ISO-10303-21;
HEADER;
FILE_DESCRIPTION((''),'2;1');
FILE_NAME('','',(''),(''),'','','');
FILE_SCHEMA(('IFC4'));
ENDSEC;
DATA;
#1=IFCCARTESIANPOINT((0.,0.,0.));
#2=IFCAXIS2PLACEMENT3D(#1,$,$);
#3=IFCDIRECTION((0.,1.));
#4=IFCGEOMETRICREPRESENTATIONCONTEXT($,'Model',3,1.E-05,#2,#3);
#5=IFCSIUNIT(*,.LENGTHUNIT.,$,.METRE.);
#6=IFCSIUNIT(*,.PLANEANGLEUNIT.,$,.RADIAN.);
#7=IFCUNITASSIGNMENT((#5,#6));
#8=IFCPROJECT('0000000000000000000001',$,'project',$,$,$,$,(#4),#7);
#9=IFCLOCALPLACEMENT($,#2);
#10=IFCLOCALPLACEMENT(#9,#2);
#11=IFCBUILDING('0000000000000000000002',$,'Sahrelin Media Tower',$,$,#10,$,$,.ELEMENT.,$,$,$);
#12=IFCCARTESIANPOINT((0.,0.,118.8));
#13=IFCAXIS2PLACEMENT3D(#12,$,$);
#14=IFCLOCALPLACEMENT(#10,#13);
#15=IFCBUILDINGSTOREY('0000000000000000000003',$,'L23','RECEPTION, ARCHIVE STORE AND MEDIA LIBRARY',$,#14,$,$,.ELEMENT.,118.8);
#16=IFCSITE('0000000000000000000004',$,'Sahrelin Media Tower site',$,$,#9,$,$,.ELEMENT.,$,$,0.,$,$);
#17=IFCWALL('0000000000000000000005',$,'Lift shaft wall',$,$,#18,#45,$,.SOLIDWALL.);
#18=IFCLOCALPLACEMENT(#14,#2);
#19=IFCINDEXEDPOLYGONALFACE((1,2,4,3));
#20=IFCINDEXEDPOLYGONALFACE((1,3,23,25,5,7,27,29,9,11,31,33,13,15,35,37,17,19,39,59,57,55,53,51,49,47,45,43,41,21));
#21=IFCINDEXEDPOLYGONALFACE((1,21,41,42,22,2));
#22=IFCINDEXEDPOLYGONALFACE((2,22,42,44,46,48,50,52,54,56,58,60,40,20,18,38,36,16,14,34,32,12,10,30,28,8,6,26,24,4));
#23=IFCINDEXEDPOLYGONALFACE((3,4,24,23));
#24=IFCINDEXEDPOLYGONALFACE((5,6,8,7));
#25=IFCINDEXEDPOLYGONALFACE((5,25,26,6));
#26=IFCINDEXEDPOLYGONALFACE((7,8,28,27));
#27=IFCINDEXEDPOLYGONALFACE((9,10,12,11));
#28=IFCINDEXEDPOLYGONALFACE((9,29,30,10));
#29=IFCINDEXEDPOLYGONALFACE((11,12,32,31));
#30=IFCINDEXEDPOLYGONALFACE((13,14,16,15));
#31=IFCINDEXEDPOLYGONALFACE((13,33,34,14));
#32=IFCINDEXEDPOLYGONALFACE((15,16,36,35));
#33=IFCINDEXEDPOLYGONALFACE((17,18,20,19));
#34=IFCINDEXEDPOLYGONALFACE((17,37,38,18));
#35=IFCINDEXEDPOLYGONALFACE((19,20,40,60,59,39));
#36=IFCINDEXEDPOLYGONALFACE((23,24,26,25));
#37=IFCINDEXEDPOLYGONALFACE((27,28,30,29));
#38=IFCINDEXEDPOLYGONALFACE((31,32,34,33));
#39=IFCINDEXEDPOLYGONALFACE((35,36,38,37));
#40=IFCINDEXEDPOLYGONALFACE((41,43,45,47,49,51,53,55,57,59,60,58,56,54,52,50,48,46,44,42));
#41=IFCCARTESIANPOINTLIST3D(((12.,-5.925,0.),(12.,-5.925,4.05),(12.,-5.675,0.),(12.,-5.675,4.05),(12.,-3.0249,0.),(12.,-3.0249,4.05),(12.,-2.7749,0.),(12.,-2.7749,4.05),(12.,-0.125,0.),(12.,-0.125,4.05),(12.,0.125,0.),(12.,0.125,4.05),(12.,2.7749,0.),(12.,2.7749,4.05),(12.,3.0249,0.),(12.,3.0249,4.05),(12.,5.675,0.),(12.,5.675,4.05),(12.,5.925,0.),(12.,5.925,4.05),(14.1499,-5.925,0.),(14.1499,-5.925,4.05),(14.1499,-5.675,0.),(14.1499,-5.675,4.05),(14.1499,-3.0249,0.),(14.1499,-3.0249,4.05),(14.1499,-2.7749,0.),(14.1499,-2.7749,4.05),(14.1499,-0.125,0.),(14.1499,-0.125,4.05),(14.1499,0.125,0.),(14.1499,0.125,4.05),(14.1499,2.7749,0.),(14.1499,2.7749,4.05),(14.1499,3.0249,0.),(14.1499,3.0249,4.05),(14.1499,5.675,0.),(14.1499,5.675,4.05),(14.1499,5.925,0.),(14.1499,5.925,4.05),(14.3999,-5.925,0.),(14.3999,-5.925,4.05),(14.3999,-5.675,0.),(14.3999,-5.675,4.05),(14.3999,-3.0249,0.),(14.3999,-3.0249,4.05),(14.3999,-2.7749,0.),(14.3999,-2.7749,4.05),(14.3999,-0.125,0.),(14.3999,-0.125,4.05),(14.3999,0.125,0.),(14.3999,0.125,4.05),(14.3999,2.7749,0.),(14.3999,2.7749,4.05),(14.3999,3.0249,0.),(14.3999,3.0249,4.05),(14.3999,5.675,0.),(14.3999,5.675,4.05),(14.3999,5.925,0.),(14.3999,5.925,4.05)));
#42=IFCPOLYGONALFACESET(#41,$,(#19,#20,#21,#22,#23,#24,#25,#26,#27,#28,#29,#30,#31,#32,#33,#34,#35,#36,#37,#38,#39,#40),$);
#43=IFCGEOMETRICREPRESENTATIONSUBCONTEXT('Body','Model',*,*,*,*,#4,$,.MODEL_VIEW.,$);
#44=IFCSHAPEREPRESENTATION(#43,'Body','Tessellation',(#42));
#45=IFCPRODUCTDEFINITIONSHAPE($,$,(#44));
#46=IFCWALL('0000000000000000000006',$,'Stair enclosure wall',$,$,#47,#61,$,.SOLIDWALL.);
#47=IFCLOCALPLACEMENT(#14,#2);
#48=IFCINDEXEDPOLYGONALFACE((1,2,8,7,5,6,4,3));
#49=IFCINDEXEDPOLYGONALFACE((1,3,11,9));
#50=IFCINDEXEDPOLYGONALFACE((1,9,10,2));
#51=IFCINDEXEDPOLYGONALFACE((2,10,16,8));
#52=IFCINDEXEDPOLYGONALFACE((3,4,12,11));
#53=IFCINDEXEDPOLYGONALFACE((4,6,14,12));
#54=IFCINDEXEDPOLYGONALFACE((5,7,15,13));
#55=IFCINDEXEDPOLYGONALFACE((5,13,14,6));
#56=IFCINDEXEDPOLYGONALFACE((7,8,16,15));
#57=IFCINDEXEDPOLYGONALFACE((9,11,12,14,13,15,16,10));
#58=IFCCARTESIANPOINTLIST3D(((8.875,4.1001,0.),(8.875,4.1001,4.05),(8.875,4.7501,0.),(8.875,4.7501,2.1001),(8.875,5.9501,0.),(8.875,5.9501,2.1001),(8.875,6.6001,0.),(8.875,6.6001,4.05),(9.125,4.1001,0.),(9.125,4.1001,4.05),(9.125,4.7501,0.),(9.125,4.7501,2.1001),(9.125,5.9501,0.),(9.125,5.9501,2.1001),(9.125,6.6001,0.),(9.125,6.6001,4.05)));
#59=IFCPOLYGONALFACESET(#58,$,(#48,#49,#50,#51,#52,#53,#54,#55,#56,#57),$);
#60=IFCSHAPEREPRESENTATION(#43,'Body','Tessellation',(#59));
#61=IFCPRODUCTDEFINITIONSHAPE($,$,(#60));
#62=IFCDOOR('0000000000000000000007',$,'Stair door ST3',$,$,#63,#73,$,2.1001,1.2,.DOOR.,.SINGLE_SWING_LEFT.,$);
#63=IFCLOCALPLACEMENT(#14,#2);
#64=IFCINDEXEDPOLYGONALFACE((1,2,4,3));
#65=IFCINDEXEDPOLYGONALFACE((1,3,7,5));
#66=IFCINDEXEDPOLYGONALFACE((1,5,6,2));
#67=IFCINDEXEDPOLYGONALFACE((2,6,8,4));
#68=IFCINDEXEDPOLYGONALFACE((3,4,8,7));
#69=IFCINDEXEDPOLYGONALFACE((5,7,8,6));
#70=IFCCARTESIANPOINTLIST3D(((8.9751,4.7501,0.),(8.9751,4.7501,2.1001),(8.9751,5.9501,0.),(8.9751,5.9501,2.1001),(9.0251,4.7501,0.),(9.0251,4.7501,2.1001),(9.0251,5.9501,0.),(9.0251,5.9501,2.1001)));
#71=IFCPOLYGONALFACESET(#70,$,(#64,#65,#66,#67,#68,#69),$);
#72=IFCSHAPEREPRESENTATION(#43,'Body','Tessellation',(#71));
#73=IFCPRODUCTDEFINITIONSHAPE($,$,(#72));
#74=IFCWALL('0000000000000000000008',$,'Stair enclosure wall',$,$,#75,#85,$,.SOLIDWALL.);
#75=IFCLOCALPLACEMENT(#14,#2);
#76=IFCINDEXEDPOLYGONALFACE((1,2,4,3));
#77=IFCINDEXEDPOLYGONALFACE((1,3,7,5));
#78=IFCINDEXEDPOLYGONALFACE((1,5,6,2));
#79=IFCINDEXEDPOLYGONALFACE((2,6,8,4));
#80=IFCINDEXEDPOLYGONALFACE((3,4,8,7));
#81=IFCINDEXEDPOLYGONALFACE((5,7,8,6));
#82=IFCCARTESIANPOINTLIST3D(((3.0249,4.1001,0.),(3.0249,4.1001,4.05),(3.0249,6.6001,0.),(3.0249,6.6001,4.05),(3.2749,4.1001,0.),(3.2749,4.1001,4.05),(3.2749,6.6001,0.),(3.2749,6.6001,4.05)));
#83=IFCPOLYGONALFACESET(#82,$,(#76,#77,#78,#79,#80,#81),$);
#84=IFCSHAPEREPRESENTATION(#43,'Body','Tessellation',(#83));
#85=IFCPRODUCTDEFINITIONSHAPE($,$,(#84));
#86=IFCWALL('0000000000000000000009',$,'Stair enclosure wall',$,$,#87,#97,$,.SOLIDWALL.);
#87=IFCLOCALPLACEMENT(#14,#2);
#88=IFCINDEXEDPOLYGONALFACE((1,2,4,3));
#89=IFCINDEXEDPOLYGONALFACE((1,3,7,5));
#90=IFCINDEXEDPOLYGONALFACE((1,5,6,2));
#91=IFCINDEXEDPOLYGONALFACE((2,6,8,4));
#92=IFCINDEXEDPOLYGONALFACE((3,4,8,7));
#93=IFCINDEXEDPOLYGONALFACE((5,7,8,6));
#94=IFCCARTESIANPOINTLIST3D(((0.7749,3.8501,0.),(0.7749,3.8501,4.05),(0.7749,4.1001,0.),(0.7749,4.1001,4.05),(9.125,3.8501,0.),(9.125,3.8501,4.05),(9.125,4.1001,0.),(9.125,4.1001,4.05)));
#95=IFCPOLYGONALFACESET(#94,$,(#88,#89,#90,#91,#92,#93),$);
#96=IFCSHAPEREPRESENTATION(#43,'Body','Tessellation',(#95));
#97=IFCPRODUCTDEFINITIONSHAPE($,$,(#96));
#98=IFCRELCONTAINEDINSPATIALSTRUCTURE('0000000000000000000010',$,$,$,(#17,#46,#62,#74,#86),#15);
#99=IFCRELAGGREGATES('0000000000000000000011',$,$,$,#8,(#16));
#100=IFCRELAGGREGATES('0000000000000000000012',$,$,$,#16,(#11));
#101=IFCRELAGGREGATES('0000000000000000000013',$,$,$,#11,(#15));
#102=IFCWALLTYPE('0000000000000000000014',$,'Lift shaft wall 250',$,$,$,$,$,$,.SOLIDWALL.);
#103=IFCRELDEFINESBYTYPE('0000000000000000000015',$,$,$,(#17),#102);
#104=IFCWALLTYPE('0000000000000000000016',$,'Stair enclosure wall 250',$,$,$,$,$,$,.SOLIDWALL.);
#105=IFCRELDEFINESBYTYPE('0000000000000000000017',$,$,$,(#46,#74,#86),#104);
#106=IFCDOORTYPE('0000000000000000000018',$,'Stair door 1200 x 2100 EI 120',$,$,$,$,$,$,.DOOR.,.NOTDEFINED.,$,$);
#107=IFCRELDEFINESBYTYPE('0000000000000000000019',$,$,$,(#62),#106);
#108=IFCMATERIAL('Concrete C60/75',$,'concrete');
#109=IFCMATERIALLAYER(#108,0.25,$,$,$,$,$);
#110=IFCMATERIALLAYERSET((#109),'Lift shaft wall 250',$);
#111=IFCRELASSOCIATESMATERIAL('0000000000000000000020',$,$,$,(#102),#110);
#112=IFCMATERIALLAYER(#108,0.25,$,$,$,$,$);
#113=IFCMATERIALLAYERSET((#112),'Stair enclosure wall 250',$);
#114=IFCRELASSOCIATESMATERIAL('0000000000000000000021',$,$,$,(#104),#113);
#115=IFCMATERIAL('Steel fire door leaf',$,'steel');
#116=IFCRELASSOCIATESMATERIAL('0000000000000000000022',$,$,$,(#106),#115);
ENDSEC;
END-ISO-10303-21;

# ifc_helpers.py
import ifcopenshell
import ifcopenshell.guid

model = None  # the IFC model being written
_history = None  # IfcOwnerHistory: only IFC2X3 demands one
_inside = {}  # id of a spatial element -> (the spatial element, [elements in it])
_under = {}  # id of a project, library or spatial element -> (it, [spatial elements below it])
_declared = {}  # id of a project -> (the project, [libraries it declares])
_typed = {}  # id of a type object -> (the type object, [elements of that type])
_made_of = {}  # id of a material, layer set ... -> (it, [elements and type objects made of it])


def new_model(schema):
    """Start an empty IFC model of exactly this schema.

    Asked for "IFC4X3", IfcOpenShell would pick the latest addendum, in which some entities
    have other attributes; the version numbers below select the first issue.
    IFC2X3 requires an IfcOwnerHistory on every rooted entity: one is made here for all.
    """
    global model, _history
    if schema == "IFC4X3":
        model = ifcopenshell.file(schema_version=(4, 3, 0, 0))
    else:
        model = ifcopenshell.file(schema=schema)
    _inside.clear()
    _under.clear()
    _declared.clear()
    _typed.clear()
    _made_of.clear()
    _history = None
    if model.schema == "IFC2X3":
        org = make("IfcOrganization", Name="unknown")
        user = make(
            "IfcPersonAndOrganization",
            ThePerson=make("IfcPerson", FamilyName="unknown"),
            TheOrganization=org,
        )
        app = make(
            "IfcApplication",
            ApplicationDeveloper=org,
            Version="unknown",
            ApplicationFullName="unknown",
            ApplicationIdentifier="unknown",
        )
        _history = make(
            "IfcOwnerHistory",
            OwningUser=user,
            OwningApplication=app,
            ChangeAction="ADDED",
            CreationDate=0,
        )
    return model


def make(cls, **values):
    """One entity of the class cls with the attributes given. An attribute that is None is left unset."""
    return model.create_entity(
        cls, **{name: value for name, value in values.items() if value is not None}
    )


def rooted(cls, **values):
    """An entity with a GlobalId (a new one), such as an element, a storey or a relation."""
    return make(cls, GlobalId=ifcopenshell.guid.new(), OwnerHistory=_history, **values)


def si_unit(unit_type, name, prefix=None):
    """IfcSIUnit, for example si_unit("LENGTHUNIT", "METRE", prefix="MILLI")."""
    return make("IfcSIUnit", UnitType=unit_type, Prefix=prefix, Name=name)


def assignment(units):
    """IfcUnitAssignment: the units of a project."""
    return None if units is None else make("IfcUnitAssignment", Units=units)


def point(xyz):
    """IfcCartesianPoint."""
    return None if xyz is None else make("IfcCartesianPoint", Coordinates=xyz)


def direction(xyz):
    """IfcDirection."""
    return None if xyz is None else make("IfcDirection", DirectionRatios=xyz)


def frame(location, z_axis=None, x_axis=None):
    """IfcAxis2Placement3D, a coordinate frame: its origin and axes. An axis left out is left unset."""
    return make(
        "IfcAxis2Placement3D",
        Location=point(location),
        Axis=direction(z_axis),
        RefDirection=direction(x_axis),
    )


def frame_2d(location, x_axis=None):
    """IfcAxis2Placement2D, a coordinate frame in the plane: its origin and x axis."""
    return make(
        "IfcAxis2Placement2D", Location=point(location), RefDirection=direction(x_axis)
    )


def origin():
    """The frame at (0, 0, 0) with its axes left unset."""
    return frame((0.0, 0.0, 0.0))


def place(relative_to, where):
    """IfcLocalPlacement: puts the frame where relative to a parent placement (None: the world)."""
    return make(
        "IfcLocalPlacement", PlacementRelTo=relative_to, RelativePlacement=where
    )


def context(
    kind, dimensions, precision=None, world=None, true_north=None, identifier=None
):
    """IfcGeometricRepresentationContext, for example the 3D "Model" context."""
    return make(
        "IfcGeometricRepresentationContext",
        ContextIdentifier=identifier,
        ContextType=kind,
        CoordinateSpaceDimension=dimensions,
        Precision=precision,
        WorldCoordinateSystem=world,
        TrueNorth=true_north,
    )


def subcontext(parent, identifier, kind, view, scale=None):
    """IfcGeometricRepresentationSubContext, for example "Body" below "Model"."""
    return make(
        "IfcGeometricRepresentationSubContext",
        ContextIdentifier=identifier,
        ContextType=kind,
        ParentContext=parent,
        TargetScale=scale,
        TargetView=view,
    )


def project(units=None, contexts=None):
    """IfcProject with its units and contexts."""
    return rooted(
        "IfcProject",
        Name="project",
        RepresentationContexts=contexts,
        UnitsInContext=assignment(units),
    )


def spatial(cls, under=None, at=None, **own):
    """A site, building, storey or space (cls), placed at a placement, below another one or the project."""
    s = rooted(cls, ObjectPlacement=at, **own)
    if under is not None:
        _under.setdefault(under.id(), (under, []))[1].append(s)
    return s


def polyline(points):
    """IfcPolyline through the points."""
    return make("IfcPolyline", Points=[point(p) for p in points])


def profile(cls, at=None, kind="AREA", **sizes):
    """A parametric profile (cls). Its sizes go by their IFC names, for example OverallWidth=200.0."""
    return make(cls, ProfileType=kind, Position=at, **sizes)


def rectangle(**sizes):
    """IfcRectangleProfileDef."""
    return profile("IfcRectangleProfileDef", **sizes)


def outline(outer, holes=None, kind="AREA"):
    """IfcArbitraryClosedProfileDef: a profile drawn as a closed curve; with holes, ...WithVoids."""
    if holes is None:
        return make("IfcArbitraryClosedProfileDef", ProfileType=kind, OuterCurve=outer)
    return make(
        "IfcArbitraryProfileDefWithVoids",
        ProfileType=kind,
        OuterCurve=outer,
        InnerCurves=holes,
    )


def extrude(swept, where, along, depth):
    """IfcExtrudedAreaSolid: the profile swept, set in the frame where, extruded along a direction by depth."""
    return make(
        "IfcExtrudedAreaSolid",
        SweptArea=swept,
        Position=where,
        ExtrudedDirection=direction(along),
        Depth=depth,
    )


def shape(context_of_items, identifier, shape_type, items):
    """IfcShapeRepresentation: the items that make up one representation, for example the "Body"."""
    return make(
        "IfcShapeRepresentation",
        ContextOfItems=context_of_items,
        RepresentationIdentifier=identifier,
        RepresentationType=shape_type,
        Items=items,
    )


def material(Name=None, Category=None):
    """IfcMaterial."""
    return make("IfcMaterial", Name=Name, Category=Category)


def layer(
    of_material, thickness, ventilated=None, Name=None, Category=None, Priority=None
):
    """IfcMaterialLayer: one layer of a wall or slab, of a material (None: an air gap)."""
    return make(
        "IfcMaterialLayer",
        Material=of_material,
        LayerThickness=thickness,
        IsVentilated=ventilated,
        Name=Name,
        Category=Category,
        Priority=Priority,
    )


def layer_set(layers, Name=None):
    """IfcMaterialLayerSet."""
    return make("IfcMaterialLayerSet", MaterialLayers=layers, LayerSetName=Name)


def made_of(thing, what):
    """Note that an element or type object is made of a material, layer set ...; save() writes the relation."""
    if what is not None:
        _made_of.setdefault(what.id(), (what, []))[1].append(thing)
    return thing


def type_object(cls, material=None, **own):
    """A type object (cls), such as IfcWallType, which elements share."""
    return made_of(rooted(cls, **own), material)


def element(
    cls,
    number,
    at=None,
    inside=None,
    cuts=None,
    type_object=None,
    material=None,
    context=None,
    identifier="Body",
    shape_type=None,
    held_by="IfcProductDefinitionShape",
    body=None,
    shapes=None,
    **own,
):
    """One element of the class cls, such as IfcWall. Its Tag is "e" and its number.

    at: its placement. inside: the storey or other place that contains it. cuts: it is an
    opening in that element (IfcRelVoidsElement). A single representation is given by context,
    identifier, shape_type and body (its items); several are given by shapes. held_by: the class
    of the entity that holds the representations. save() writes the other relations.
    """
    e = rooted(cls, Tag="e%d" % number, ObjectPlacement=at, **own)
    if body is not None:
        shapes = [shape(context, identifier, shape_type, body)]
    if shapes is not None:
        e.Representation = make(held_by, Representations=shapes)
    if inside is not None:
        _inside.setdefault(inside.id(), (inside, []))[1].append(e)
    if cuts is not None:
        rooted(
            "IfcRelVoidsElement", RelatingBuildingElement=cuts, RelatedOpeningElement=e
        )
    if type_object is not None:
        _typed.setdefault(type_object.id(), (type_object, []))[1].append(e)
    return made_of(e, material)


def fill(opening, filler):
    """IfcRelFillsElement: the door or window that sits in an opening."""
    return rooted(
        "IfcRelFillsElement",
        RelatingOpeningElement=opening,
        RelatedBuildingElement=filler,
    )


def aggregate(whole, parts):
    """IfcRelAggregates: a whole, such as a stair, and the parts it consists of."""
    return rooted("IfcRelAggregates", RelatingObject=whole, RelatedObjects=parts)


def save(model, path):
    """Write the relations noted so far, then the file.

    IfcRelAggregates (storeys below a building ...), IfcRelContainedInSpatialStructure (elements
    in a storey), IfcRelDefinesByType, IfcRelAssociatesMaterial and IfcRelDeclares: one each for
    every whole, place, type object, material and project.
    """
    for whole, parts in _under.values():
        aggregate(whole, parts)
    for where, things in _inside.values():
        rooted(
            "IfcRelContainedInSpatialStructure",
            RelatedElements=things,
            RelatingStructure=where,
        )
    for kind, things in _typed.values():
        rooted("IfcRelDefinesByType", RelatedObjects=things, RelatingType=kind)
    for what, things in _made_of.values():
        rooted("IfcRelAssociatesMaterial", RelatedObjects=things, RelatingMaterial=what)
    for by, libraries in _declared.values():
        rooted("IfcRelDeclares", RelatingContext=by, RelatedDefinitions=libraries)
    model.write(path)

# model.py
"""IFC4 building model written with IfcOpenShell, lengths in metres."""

from ifc_helpers import new_model, si_unit, direction, frame, frame_2d, origin, place, context, subcontext, project, spatial, polyline, rectangle, outline, extrude, material, layer, layer_set, type_object, element, fill, save


model = new_model("IFC4")

# Units and contexts
model_context = context("Model", 3, precision=1e-05, world=origin(), true_north=direction((0.0, 1.0)))
body_context = subcontext(model_context, "Body", "Model", "MODEL_VIEW")
ifc_project = project(units=[si_unit("LENGTHUNIT", "METRE"), si_unit("PLANEANGLEUNIT", "RADIAN")], contexts=[model_context])

# Site, building, storey
site_placement = place(None, origin())
site = spatial("IfcSite", under=ifc_project, at=site_placement, Name="Sahrelin Media Tower site", CompositionType="ELEMENT", RefElevation=0.0)
building_placement = place(site_placement, origin())
building = spatial("IfcBuilding", under=site, at=building_placement, Name="Sahrelin Media Tower", CompositionType="ELEMENT")
storey_placement = place(building_placement, frame((0.0, 0.0, 118.8)))
storey = spatial("IfcBuildingStorey", under=building, at=storey_placement, Name="L23", Description="RECEPTION, ARCHIVE STORE AND MEDIA LIBRARY", CompositionType="ELEMENT", Elevation=118.8)

# Shared definitions
placement_1 = place(storey_placement, origin())

# Shared definitions
ifc_material_1 = material(Name="Steel fire door leaf", Category="steel")

# Wall
ifc_material_2 = material(Name="Concrete C60/75", Category="concrete")
ifc_layer_1 = layer(ifc_material_2, 0.25)
ifc_layer_set_1 = layer_set([ifc_layer_1], Name="Lift shaft wall 250")
wall_type_1 = type_object("IfcWallType", Name="Lift shaft wall 250", PredefinedType="SOLIDWALL", material=ifc_layer_set_1)
element("IfcWall", 1, at=placement_1, inside=storey, type_object=wall_type_1, Name="Lift shaft wall", PredefinedType="SOLIDWALL", context=body_context, shape_type="SweptSolid", body=[
    extrude(outline(polyline([(12.0, -5.675), (12.0, -5.925), (14.1499, -5.925), (14.3999, -5.925), (14.3999, -5.675), (14.3999, -3.0249), (14.3999, -2.7749), (14.3999, -0.125), (14.3999, 0.125), (14.3999, 2.7749), (14.3999, 3.0249), (14.3999, 5.675), (14.3999, 5.925), (14.1499, 5.925), (12.0, 5.925), (12.0, 5.675), (14.1499, 5.675), (14.1499, 3.0249), (12.0, 3.0249), (12.0, 2.7749), (14.1499, 2.7749), (14.1499, 0.125), (12.0, 0.125), (12.0, -0.125), (14.1499, -0.125), (14.1499, -2.7749), (12.0, -2.7749), (12.0, -3.0249), (14.1499, -3.0249), (14.1499, -5.675), (12.0, -5.675)])), origin(), (0.0, 0.0, 1.0), 4.05),
])

# Wall, opening, door
ifc_layer_2 = layer(ifc_material_2, 0.25)
ifc_layer_set_2 = layer_set([ifc_layer_2], Name="Stair enclosure wall 250")
wall_type_2 = type_object("IfcWallType", Name="Stair enclosure wall 250", PredefinedType="SOLIDWALL", material=ifc_layer_set_2)
wall_1_placement = place(storey_placement, frame((9.0, 4.1001, 0.0), z_axis=(0.0, 0.0, 1.0), x_axis=(0.0, 1.0, 0.0)))
wall_1 = element("IfcWall", 2, at=wall_1_placement, inside=storey, type_object=wall_type_2, Name="Stair enclosure wall", PredefinedType="SOLIDWALL", context=body_context, shape_type="SweptSolid", body=[
    extrude(rectangle(XDim=2.5, YDim=0.25, at=frame_2d((1.25, 0.0))), origin(), (0.0, 0.0, 1.0), 4.05),
])
opening_1_placement = place(wall_1_placement, frame((0.6499, 0.0, 0.0)))
opening_1 = element("IfcOpeningElement", 3, at=opening_1_placement, cuts=wall_1, PredefinedType="OPENING", context=body_context, shape_type="SweptSolid", body=[
    extrude(rectangle(XDim=1.2, YDim=2.1001, at=frame_2d((0.6001, 1.05))), frame((0.0, 0.125, 0.0), z_axis=(0.0, -1.0, 0.0), x_axis=(1.0, 0.0, 0.0)), (0.0, 0.0, 1.0), 0.25),
])
door_type_1 = type_object("IfcDoorType", Name="Stair door 1200 x 2100 EI 120", OperationType="NOTDEFINED", PredefinedType="DOOR", material=ifc_material_1)
door_1_placement = place(opening_1_placement, origin())
door_1 = element("IfcDoor", 4, at=door_1_placement, inside=storey, type_object=door_type_1, Name="Stair door ST3", OperationType="SINGLE_SWING_LEFT", OverallHeight=2.1001, OverallWidth=1.2, PredefinedType="DOOR", context=body_context, shape_type="SweptSolid", body=[
    extrude(rectangle(XDim=1.2, YDim=2.1001, at=frame_2d((0.6001, 1.05))), frame((0.0, 0.0249, 0.0), z_axis=(0.0, -1.0, 0.0), x_axis=(1.0, 0.0, 0.0)), (0.0, 0.0, 1.0), 0.05),
])
fill(opening_1, door_1)

# Walls
wall_2_placement = place(storey_placement, frame((3.1499, 4.1001, 0.0), z_axis=(0.0, 0.0, 1.0), x_axis=(0.0, 1.0, 0.0)))
element("IfcWall", 5, at=wall_2_placement, inside=storey, type_object=wall_type_2, Name="Stair enclosure wall", PredefinedType="SOLIDWALL", context=body_context, shape_type="SweptSolid", body=[
    extrude(rectangle(XDim=2.5, YDim=0.25, at=frame_2d((1.25, 0.0))), origin(), (0.0, 0.0, 1.0), 4.05),
])
wall_3_placement = place(storey_placement, frame((0.7749, 3.9751, 0.0), z_axis=(0.0, 0.0, 1.0), x_axis=(1.0, 0.0, 0.0)))
element("IfcWall", 6, at=wall_3_placement, inside=storey, type_object=wall_type_2, Name="Stair enclosure wall", PredefinedType="SOLIDWALL", context=body_context, shape_type="SweptSolid", body=[
    extrude(rectangle(XDim=8.3501, YDim=0.25, at=frame_2d((4.175, 0.0))), origin(), (0.0, 0.0, 1.0), 4.05),
])

save(model, "model.ifc")
